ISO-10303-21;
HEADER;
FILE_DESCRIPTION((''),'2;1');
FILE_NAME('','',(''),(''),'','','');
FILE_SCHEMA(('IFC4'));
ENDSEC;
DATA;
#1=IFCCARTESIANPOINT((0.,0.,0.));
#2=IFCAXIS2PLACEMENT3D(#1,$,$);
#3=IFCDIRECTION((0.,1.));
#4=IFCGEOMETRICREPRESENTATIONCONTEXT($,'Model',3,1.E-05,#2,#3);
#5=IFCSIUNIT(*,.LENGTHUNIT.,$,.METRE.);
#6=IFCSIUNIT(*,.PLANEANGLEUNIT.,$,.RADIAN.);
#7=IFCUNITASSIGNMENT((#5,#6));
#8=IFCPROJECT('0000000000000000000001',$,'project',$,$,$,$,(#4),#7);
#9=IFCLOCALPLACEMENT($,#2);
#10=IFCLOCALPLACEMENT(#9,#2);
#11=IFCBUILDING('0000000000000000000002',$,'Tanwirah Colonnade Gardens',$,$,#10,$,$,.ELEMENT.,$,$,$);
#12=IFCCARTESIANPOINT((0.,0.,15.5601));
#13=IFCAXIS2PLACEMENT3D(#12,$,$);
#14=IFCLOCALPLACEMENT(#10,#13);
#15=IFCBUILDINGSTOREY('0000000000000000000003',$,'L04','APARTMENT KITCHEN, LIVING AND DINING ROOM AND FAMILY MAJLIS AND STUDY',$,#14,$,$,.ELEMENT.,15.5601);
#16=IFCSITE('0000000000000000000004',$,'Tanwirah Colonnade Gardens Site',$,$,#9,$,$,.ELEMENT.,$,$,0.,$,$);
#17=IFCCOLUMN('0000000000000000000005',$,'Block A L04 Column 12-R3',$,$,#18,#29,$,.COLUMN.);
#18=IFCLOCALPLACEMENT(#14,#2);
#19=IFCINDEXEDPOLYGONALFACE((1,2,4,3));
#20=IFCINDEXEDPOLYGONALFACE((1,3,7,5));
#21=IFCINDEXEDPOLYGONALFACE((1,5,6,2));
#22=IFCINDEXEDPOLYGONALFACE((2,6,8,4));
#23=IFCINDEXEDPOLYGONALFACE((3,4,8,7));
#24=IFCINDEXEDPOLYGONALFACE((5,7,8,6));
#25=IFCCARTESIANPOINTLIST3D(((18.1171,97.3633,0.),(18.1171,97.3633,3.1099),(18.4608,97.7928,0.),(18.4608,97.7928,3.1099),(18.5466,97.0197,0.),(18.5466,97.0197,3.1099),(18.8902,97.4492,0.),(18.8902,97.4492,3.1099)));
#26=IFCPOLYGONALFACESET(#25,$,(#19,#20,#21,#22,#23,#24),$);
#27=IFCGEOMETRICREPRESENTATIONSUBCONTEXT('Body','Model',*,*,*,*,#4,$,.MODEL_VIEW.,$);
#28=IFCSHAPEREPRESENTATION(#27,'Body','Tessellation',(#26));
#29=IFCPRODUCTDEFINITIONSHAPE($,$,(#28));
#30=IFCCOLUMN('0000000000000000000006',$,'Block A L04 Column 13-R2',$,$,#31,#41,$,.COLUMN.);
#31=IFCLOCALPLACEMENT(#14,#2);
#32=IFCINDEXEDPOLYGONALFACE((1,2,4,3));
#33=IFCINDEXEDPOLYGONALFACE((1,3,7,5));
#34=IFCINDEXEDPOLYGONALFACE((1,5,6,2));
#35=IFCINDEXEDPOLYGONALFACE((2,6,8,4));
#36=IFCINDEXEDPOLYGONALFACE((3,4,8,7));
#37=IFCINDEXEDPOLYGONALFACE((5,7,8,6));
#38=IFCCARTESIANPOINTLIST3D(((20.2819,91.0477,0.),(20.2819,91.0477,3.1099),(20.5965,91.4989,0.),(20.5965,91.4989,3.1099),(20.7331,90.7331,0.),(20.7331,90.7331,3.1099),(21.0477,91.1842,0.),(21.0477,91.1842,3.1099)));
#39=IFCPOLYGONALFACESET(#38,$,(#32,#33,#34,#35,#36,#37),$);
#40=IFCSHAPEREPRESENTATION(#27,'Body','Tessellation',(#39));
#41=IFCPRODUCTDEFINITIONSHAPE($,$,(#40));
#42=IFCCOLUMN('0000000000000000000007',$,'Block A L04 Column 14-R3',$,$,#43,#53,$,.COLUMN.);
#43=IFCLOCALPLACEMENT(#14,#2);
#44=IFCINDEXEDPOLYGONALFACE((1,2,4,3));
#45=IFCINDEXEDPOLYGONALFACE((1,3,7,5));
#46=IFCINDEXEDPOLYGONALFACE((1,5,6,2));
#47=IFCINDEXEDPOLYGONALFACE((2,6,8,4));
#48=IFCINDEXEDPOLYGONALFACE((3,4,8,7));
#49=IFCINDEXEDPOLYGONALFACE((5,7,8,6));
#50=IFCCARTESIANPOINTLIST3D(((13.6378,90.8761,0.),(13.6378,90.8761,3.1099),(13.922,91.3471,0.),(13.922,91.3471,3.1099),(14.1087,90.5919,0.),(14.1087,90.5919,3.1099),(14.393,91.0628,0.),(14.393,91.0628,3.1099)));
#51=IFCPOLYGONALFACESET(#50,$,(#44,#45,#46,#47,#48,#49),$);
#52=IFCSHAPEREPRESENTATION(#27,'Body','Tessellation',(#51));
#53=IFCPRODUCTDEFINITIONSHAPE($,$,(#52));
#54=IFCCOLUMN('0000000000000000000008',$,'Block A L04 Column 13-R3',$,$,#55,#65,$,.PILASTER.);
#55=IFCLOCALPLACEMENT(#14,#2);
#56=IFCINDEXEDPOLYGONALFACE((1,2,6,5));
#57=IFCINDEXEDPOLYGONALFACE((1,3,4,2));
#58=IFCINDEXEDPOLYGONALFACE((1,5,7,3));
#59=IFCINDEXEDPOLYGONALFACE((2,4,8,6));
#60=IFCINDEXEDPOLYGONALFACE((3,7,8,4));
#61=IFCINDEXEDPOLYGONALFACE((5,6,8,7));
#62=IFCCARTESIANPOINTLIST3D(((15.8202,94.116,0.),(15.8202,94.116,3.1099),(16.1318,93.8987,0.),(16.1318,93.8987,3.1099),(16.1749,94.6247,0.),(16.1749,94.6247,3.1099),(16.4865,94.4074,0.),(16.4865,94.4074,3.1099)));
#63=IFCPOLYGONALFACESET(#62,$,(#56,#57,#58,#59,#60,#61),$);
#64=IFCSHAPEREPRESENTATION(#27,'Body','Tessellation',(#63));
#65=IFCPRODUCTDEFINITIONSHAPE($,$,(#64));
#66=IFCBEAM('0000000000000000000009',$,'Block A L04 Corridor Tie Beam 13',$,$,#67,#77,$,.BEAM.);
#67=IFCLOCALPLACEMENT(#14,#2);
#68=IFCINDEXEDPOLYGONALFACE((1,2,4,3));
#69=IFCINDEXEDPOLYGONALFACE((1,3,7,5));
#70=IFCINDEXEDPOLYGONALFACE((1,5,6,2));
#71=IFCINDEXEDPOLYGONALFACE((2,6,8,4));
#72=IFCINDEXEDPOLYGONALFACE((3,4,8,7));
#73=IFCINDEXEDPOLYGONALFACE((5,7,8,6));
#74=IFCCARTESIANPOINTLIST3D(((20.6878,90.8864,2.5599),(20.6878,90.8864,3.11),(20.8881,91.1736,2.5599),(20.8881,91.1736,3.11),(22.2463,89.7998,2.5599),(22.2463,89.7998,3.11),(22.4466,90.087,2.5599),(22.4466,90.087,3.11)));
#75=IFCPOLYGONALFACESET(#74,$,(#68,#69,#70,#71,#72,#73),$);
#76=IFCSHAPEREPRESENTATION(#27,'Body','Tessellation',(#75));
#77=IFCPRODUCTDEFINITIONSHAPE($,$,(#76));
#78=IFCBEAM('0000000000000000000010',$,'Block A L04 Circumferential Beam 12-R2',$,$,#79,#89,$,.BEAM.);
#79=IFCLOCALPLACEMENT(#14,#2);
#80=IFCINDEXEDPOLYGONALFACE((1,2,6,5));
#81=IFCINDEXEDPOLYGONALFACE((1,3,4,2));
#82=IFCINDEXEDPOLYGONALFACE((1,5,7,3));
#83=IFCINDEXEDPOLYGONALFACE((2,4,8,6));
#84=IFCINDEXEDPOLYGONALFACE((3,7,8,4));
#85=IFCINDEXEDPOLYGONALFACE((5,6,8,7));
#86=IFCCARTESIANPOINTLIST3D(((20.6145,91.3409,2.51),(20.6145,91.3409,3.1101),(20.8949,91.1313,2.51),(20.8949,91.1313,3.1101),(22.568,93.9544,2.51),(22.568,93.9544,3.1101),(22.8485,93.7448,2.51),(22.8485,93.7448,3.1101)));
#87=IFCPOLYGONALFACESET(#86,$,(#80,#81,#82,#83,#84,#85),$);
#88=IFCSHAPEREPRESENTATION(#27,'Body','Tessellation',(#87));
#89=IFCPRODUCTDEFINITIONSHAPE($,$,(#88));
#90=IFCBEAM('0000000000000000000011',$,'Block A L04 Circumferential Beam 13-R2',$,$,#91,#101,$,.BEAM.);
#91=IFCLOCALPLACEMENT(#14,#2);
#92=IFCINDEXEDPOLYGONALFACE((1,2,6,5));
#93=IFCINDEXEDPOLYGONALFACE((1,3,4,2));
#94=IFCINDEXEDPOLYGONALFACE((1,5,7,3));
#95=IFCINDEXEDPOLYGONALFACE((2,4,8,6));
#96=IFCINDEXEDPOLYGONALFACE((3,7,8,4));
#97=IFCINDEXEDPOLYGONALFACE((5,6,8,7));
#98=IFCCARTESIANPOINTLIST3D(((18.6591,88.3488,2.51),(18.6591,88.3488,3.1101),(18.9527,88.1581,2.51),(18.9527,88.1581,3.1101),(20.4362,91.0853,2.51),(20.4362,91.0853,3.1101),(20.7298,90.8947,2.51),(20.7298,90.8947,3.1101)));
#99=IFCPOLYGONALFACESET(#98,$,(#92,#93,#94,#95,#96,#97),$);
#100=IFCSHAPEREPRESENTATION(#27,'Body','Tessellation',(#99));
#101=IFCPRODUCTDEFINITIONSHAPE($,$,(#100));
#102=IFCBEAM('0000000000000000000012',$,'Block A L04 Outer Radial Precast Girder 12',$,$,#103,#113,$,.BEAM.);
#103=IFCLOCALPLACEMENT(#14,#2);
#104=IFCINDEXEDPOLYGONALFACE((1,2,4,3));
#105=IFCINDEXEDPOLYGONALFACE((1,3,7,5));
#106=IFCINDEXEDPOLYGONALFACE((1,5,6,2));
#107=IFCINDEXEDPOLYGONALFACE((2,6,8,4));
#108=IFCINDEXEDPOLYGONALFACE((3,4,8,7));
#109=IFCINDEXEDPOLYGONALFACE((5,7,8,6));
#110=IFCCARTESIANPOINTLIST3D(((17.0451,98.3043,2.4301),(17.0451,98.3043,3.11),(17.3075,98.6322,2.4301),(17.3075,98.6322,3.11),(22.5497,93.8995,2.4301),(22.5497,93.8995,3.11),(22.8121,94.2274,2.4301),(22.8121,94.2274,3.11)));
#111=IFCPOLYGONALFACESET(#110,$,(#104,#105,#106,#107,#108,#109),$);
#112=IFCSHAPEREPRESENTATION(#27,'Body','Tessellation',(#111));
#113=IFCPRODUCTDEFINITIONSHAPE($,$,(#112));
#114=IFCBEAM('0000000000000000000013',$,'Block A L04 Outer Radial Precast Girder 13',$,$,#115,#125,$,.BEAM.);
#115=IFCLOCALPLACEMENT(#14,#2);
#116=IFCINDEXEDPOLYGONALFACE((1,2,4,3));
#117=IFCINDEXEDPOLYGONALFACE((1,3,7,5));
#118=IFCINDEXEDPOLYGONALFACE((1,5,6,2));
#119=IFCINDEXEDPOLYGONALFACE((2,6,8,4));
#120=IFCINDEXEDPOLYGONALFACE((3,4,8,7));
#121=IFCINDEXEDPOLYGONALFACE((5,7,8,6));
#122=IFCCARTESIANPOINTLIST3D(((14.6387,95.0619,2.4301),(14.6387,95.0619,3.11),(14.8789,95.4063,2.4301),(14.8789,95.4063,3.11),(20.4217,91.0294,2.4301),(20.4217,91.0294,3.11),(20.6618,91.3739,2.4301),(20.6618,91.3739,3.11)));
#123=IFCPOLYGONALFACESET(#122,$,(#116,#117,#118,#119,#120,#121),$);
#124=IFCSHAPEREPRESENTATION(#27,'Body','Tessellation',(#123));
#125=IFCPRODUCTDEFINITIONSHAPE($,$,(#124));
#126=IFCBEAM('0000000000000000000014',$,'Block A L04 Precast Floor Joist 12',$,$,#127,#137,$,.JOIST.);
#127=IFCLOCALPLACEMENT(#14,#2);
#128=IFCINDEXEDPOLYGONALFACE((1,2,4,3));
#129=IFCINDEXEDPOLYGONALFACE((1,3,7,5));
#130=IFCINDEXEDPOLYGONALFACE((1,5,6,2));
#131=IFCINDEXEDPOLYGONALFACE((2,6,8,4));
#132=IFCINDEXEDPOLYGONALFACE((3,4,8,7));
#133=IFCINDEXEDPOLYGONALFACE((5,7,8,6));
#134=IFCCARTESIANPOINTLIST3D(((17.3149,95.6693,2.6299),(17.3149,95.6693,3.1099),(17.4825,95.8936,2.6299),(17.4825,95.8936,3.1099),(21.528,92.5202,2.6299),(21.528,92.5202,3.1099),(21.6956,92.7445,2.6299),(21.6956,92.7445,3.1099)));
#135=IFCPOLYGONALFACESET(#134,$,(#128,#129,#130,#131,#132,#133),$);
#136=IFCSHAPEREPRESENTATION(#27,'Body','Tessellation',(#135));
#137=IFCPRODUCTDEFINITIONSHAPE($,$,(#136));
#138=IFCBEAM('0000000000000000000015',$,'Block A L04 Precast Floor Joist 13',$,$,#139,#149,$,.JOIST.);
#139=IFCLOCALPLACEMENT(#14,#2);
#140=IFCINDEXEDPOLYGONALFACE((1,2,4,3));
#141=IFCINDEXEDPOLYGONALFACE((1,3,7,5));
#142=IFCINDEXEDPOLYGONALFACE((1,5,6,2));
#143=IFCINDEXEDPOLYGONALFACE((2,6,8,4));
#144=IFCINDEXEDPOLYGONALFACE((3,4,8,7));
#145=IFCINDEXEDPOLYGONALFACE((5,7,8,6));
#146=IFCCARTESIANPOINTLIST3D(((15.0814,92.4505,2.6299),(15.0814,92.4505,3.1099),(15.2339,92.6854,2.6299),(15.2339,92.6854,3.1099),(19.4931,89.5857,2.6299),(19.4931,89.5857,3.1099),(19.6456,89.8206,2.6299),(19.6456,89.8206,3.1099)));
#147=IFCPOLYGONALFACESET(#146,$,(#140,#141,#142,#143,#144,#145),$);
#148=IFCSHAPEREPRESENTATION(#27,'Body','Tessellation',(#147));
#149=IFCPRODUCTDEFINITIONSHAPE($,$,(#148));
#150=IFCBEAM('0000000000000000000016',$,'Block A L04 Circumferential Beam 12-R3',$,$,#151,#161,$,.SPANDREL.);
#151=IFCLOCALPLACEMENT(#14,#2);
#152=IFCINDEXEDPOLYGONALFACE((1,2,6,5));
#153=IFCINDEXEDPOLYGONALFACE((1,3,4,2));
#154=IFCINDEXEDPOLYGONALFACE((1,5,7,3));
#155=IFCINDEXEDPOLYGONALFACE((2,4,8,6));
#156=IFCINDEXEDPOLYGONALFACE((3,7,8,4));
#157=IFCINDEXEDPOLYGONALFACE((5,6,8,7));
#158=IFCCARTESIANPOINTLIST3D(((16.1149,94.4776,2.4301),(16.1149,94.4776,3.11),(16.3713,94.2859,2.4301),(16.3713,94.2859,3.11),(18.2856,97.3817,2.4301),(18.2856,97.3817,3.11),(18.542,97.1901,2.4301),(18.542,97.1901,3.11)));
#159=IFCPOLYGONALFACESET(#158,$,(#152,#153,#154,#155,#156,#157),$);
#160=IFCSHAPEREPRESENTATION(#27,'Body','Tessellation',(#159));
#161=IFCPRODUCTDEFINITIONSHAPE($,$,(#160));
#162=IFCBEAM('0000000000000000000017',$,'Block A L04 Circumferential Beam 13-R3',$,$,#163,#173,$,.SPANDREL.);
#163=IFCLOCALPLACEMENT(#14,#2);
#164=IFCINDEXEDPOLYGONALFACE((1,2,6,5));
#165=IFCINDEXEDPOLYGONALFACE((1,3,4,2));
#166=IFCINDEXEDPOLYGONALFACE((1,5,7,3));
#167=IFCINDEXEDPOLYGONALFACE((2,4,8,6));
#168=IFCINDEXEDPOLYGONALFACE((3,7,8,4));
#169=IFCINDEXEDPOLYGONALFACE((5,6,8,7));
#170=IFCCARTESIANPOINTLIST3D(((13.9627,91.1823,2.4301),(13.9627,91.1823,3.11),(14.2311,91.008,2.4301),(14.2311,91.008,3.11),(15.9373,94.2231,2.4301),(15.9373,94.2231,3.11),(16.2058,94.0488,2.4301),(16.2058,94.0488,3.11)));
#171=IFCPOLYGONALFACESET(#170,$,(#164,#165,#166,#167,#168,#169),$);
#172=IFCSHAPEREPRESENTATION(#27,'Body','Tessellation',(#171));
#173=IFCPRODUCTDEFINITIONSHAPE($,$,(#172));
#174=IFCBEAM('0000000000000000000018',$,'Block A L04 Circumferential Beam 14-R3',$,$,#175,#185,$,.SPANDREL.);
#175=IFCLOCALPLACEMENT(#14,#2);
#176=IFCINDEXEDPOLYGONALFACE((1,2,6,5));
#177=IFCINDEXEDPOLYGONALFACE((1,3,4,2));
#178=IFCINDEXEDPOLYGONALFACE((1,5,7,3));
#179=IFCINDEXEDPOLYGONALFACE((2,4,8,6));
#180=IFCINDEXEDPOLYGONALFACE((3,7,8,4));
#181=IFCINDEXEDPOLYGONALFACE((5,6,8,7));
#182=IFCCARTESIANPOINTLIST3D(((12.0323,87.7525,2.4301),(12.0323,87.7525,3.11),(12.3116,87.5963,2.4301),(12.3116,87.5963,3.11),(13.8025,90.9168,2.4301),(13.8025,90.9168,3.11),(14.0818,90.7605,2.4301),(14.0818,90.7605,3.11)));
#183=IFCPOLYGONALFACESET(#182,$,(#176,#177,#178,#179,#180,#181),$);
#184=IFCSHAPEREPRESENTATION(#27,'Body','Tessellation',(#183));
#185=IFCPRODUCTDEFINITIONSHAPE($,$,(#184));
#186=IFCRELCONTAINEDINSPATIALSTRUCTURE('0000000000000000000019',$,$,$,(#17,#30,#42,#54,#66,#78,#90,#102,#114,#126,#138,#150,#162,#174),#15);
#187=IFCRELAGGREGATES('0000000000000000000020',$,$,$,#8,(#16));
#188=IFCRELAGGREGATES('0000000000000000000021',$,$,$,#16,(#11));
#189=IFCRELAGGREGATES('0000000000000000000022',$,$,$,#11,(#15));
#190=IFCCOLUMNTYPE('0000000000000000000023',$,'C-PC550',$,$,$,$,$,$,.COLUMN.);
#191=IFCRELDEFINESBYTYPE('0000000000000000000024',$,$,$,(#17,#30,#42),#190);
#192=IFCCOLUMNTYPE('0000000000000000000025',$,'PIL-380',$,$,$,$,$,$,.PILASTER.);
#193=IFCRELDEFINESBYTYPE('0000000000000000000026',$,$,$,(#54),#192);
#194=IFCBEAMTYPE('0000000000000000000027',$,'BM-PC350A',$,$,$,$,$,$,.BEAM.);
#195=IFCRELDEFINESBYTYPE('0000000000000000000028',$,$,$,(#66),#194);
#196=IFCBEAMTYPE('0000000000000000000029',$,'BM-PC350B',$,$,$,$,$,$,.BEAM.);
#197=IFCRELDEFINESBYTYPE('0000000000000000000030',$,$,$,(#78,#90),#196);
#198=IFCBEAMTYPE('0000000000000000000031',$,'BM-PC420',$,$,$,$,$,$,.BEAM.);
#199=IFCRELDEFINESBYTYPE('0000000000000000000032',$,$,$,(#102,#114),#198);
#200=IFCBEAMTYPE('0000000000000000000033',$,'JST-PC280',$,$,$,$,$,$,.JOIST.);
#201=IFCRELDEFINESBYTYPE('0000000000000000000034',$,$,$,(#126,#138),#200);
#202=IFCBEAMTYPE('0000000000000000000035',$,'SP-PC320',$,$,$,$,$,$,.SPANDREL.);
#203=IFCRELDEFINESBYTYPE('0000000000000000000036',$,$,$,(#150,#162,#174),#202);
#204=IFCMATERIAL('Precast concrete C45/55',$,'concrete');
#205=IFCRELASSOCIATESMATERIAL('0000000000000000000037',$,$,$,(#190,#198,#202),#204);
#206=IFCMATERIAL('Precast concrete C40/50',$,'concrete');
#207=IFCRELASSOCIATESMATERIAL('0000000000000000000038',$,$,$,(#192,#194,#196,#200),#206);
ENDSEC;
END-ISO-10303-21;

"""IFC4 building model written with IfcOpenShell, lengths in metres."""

from ifc_helpers import new_model, si_unit, direction, frame, origin, origin_2d, place, context, subcontext, project, spatial, rectangle, extrude, material, material_profile, profile_set, type_object, element, save


model = new_model("IFC4")

# Units and contexts
model_context = context("Model", 3, precision=1e-05, world=origin(), true_north=direction((0.0, 1.0)))
body_context = subcontext(model_context, "Body", "Model", "MODEL_VIEW")
ifc_project = project(units=[si_unit("LENGTHUNIT", "METRE"), si_unit("PLANEANGLEUNIT", "RADIAN")], contexts=[model_context])

# Site, building, storey
site_placement = place(None, origin())
site = spatial("IfcSite", under=ifc_project, at=site_placement, Name="Tanwirah Colonnade Gardens Site", CompositionType="ELEMENT", RefElevation=0.0)
building_placement = place(site_placement, origin())
building = spatial("IfcBuilding", under=site, at=building_placement, Name="Tanwirah Colonnade Gardens", CompositionType="ELEMENT")
storey_placement = place(building_placement, frame((0.0, 0.0, 15.5601)))
storey = spatial("IfcBuildingStorey", under=building, at=storey_placement, Name="L04", Description="APARTMENT KITCHEN, LIVING AND DINING ROOM AND FAMILY MAJLIS AND STUDY", CompositionType="ELEMENT", Elevation=15.5601)

# Columns
ifc_material_1 = material(Name="Precast concrete C45/55", Category="concrete")
ifc_material_profile_1 = material_profile(ifc_material_1, rectangle(XDim=0.55, YDim=0.55, at=origin_2d()), Name="PC-COL 550x550")
ifc_profile_set_1 = profile_set([ifc_material_profile_1], Name="Precast concrete C45/55")
column_type_1 = type_object("IfcColumnType", Name="C-PC550", PredefinedType="COLUMN", material=ifc_profile_set_1)
for number, where, z_axis, x_axis, name in (
    (1, (18.5037, 97.4062, 0.0), (0.0, 0.0, 1.0), (-0.780794, 0.624788, 0.0), "Block A L04 Column 12-R3"),
    (2, (20.6648, 91.116, 0.0), (0.0, 0.0, 1.0), (-0.820263, 0.571987, 0.0), "Block A L04 Column 13-R2"),
    (3, (14.0154, 90.9695, 0.0), (0.0, 0.0, 1.0), (-0.856167, 0.516699, 0.0), "Block A L04 Column 14-R3"),
):
    element("IfcColumn", number, at=place(storey_placement, frame(where, z_axis=z_axis, x_axis=x_axis)), inside=storey, type_object=column_type_1, Name=name, PredefinedType="COLUMN", context=body_context, shape_type="SweptSolid", body=[
        extrude(rectangle(XDim=0.55, YDim=0.55, at=origin_2d()), origin(), (0.0, 0.0, 1.0), 3.1099),
    ])
ifc_material_2 = material(Name="Precast concrete C40/50", Category="concrete")
ifc_material_profile_2 = material_profile(ifc_material_2, rectangle(XDim=0.3799, YDim=0.6201, at=origin_2d()), Name="PC-PIL 380x620")
ifc_profile_set_2 = profile_set([ifc_material_profile_2], Name="Precast concrete C40/50")
column_type_2 = type_object("IfcColumnType", Name="PIL-380", PredefinedType="PILASTER", material=ifc_profile_set_2)
column_placement = place(storey_placement, frame((16.1533, 94.2617, 0.0), z_axis=(0.0, 0.0, 1.0), x_axis=(-0.820263, 0.571987, 0.0)))
element("IfcColumn", 4, at=column_placement, inside=storey, type_object=column_type_2, Name="Block A L04 Column 13-R3", PredefinedType="PILASTER", context=body_context, shape_type="SweptSolid", body=[
    extrude(rectangle(XDim=0.3799, YDim=0.6201, at=origin_2d()), origin(), (0.0, 0.0, 1.0), 3.1099),
])

# Beams
ifc_material_profile_3 = material_profile(ifc_material_2, rectangle(XDim=0.3501, YDim=0.55, at=origin_2d()), Name="PC-BM 350x550")
ifc_profile_set_3 = profile_set([ifc_material_profile_3], Name="Precast concrete C40/50")
beam_type_1 = type_object("IfcBeamType", Name="BM-PC350A", PredefinedType="BEAM", material=ifc_profile_set_3)
beam_1_placement = place(storey_placement, frame((22.3464, 89.9434, 2.835), z_axis=(-0.820305, 0.571926, 0.0), x_axis=(-0.571926, -0.820305, 0.0)))
element("IfcBeam", 5, at=beam_1_placement, inside=storey, type_object=beam_type_1, Name="Block A L04 Corridor Tie Beam 13", PredefinedType="BEAM", context=body_context, shape_type="SweptSolid", body=[
    extrude(rectangle(XDim=0.3501, YDim=0.55, at=origin_2d()), origin(), (0.0, 0.0, 1.0), 1.8999),
])
ifc_material_profile_4 = material_profile(ifc_material_2, rectangle(XDim=0.3501, YDim=0.6001, at=origin_2d()), Name="PC-BM 350x600")
ifc_profile_set_4 = profile_set([ifc_material_profile_4], Name="Precast concrete C40/50")
beam_type_2 = type_object("IfcBeamType", Name="BM-PC350B", PredefinedType="BEAM", material=ifc_profile_set_4)
for number, where, z_axis, x_axis, name in (
    (6, (22.7083, 93.8496, 2.8101), (-0.598718, -0.80096, 0.0), (0.80096, -0.598718, 0.0), "Block A L04 Circumferential Beam 12-R2"),
    (7, (20.583, 90.99, 2.8101), (-0.544628, -0.838678, 0.0), (0.838678, -0.544628, 0.0), "Block A L04 Circumferential Beam 13-R2"),
):
    element("IfcBeam", number, at=place(storey_placement, frame(where, z_axis=z_axis, x_axis=x_axis)), inside=storey, type_object=beam_type_2, Name=name, PredefinedType="BEAM", context=body_context, shape_type="SweptSolid", body=[
        extrude(rectangle(XDim=0.3501, YDim=0.6001, at=origin_2d()), origin(), (0.0, 0.0, 1.0), 3.2629),
    ])
ifc_material_profile_5 = material_profile(ifc_material_1, rectangle(XDim=0.4199, YDim=0.6799, at=origin_2d()), Name="PC-BM 420x680")
ifc_profile_set_5 = profile_set([ifc_material_profile_5], Name="Precast concrete C45/55")
beam_type_3 = type_object("IfcBeamType", Name="BM-PC420", PredefinedType="BEAM", material=ifc_profile_set_5)
for number, where, z_axis, x_axis, name in (
    (8, (22.6809, 94.0635, 2.77), (-0.780794, 0.624788, 0.0), (-0.624788, -0.780794, 0.0), "Block A L04 Outer Radial Precast Girder 12"),
    (9, (20.5417, 91.2017, 2.77), (-0.82027, 0.571976, 0.0), (-0.571976, -0.82027, 0.0), "Block A L04 Outer Radial Precast Girder 13"),
):
    element("IfcBeam", number, at=place(storey_placement, frame(where, z_axis=z_axis, x_axis=x_axis)), inside=storey, type_object=beam_type_3, Name=name, PredefinedType="BEAM", context=body_context, shape_type="SweptSolid", body=[
        extrude(rectangle(XDim=0.4199, YDim=0.6799, at=origin_2d()), origin(), (0.0, 0.0, 1.0), 7.05),
    ])
ifc_material_profile_6 = material_profile(ifc_material_2, rectangle(XDim=0.28, YDim=0.48, at=origin_2d()), Name="PC-JST 280x480")
ifc_profile_set_6 = profile_set([ifc_material_profile_6], Name="Precast concrete C40/50")
beam_type_4 = type_object("IfcBeamType", Name="JST-PC280", PredefinedType="JOIST", material=ifc_profile_set_6)
beam_2_placement = place(storey_placement, frame((21.6118, 92.6323, 2.8699), z_axis=(-0.800974, 0.5987, 0.0), x_axis=(-0.5987, -0.800974, 0.0)))
element("IfcBeam", 10, at=beam_2_placement, inside=storey, type_object=beam_type_4, Name="Block A L04 Precast Floor Joist 12", PredefinedType="JOIST", context=body_context, shape_type="SweptSolid", body=[
    extrude(rectangle(XDim=0.28, YDim=0.48, at=origin_2d()), origin(), (0.0, 0.0, 1.0), 5.26),
])
beam_3_placement = place(storey_placement, frame((19.5693, 89.7031, 2.8699), z_axis=(-0.838687, 0.544613, 0.0), x_axis=(-0.544613, -0.838687, 0.0)))
element("IfcBeam", 11, at=beam_3_placement, inside=storey, type_object=beam_type_4, Name="Block A L04 Precast Floor Joist 13", PredefinedType="JOIST", context=body_context, shape_type="SweptSolid", body=[
    extrude(rectangle(XDim=0.28, YDim=0.48, at=origin_2d()), origin(), (0.0, 0.0, 1.0), 5.2603),
])
ifc_material_profile_7 = material_profile(ifc_material_1, rectangle(XDim=0.3201, YDim=0.6799, at=origin_2d()), Name="PC-SP 320x680")
ifc_profile_set_7 = profile_set([ifc_material_profile_7], Name="Precast concrete C45/55")
beam_type_5 = type_object("IfcBeamType", Name="SP-PC320", PredefinedType="SPANDREL", material=ifc_profile_set_7)
for number, where, z_axis, x_axis, name in (
    (12, (18.4138, 97.2859, 2.77), (-0.598696, -0.800977, 0.0), (0.800977, -0.598696, 0.0), "Block A L04 Circumferential Beam 12-R3"),
    (13, (16.0715, 94.136, 2.77), (-0.544621, -0.838682, 0.0), (0.838682, -0.544621, 0.0), "Block A L04 Circumferential Beam 13-R3"),
    (14, (13.9421, 90.8386, 2.77), (-0.488236, -0.872711, 0.0), (0.872711, -0.488236, 0.0), "Block A L04 Circumferential Beam 14-R3"),
):
    element("IfcBeam", number, at=place(storey_placement, frame(where, z_axis=z_axis, x_axis=x_axis)), inside=storey, type_object=beam_type_5, Name=name, PredefinedType="SPANDREL", context=body_context, shape_type="SweptSolid", body=[
        extrude(rectangle(XDim=0.3201, YDim=0.6799, at=origin_2d()), origin(), (0.0, 0.0, 1.0), 3.6257),
    ])

save(model, "model.ifc")
